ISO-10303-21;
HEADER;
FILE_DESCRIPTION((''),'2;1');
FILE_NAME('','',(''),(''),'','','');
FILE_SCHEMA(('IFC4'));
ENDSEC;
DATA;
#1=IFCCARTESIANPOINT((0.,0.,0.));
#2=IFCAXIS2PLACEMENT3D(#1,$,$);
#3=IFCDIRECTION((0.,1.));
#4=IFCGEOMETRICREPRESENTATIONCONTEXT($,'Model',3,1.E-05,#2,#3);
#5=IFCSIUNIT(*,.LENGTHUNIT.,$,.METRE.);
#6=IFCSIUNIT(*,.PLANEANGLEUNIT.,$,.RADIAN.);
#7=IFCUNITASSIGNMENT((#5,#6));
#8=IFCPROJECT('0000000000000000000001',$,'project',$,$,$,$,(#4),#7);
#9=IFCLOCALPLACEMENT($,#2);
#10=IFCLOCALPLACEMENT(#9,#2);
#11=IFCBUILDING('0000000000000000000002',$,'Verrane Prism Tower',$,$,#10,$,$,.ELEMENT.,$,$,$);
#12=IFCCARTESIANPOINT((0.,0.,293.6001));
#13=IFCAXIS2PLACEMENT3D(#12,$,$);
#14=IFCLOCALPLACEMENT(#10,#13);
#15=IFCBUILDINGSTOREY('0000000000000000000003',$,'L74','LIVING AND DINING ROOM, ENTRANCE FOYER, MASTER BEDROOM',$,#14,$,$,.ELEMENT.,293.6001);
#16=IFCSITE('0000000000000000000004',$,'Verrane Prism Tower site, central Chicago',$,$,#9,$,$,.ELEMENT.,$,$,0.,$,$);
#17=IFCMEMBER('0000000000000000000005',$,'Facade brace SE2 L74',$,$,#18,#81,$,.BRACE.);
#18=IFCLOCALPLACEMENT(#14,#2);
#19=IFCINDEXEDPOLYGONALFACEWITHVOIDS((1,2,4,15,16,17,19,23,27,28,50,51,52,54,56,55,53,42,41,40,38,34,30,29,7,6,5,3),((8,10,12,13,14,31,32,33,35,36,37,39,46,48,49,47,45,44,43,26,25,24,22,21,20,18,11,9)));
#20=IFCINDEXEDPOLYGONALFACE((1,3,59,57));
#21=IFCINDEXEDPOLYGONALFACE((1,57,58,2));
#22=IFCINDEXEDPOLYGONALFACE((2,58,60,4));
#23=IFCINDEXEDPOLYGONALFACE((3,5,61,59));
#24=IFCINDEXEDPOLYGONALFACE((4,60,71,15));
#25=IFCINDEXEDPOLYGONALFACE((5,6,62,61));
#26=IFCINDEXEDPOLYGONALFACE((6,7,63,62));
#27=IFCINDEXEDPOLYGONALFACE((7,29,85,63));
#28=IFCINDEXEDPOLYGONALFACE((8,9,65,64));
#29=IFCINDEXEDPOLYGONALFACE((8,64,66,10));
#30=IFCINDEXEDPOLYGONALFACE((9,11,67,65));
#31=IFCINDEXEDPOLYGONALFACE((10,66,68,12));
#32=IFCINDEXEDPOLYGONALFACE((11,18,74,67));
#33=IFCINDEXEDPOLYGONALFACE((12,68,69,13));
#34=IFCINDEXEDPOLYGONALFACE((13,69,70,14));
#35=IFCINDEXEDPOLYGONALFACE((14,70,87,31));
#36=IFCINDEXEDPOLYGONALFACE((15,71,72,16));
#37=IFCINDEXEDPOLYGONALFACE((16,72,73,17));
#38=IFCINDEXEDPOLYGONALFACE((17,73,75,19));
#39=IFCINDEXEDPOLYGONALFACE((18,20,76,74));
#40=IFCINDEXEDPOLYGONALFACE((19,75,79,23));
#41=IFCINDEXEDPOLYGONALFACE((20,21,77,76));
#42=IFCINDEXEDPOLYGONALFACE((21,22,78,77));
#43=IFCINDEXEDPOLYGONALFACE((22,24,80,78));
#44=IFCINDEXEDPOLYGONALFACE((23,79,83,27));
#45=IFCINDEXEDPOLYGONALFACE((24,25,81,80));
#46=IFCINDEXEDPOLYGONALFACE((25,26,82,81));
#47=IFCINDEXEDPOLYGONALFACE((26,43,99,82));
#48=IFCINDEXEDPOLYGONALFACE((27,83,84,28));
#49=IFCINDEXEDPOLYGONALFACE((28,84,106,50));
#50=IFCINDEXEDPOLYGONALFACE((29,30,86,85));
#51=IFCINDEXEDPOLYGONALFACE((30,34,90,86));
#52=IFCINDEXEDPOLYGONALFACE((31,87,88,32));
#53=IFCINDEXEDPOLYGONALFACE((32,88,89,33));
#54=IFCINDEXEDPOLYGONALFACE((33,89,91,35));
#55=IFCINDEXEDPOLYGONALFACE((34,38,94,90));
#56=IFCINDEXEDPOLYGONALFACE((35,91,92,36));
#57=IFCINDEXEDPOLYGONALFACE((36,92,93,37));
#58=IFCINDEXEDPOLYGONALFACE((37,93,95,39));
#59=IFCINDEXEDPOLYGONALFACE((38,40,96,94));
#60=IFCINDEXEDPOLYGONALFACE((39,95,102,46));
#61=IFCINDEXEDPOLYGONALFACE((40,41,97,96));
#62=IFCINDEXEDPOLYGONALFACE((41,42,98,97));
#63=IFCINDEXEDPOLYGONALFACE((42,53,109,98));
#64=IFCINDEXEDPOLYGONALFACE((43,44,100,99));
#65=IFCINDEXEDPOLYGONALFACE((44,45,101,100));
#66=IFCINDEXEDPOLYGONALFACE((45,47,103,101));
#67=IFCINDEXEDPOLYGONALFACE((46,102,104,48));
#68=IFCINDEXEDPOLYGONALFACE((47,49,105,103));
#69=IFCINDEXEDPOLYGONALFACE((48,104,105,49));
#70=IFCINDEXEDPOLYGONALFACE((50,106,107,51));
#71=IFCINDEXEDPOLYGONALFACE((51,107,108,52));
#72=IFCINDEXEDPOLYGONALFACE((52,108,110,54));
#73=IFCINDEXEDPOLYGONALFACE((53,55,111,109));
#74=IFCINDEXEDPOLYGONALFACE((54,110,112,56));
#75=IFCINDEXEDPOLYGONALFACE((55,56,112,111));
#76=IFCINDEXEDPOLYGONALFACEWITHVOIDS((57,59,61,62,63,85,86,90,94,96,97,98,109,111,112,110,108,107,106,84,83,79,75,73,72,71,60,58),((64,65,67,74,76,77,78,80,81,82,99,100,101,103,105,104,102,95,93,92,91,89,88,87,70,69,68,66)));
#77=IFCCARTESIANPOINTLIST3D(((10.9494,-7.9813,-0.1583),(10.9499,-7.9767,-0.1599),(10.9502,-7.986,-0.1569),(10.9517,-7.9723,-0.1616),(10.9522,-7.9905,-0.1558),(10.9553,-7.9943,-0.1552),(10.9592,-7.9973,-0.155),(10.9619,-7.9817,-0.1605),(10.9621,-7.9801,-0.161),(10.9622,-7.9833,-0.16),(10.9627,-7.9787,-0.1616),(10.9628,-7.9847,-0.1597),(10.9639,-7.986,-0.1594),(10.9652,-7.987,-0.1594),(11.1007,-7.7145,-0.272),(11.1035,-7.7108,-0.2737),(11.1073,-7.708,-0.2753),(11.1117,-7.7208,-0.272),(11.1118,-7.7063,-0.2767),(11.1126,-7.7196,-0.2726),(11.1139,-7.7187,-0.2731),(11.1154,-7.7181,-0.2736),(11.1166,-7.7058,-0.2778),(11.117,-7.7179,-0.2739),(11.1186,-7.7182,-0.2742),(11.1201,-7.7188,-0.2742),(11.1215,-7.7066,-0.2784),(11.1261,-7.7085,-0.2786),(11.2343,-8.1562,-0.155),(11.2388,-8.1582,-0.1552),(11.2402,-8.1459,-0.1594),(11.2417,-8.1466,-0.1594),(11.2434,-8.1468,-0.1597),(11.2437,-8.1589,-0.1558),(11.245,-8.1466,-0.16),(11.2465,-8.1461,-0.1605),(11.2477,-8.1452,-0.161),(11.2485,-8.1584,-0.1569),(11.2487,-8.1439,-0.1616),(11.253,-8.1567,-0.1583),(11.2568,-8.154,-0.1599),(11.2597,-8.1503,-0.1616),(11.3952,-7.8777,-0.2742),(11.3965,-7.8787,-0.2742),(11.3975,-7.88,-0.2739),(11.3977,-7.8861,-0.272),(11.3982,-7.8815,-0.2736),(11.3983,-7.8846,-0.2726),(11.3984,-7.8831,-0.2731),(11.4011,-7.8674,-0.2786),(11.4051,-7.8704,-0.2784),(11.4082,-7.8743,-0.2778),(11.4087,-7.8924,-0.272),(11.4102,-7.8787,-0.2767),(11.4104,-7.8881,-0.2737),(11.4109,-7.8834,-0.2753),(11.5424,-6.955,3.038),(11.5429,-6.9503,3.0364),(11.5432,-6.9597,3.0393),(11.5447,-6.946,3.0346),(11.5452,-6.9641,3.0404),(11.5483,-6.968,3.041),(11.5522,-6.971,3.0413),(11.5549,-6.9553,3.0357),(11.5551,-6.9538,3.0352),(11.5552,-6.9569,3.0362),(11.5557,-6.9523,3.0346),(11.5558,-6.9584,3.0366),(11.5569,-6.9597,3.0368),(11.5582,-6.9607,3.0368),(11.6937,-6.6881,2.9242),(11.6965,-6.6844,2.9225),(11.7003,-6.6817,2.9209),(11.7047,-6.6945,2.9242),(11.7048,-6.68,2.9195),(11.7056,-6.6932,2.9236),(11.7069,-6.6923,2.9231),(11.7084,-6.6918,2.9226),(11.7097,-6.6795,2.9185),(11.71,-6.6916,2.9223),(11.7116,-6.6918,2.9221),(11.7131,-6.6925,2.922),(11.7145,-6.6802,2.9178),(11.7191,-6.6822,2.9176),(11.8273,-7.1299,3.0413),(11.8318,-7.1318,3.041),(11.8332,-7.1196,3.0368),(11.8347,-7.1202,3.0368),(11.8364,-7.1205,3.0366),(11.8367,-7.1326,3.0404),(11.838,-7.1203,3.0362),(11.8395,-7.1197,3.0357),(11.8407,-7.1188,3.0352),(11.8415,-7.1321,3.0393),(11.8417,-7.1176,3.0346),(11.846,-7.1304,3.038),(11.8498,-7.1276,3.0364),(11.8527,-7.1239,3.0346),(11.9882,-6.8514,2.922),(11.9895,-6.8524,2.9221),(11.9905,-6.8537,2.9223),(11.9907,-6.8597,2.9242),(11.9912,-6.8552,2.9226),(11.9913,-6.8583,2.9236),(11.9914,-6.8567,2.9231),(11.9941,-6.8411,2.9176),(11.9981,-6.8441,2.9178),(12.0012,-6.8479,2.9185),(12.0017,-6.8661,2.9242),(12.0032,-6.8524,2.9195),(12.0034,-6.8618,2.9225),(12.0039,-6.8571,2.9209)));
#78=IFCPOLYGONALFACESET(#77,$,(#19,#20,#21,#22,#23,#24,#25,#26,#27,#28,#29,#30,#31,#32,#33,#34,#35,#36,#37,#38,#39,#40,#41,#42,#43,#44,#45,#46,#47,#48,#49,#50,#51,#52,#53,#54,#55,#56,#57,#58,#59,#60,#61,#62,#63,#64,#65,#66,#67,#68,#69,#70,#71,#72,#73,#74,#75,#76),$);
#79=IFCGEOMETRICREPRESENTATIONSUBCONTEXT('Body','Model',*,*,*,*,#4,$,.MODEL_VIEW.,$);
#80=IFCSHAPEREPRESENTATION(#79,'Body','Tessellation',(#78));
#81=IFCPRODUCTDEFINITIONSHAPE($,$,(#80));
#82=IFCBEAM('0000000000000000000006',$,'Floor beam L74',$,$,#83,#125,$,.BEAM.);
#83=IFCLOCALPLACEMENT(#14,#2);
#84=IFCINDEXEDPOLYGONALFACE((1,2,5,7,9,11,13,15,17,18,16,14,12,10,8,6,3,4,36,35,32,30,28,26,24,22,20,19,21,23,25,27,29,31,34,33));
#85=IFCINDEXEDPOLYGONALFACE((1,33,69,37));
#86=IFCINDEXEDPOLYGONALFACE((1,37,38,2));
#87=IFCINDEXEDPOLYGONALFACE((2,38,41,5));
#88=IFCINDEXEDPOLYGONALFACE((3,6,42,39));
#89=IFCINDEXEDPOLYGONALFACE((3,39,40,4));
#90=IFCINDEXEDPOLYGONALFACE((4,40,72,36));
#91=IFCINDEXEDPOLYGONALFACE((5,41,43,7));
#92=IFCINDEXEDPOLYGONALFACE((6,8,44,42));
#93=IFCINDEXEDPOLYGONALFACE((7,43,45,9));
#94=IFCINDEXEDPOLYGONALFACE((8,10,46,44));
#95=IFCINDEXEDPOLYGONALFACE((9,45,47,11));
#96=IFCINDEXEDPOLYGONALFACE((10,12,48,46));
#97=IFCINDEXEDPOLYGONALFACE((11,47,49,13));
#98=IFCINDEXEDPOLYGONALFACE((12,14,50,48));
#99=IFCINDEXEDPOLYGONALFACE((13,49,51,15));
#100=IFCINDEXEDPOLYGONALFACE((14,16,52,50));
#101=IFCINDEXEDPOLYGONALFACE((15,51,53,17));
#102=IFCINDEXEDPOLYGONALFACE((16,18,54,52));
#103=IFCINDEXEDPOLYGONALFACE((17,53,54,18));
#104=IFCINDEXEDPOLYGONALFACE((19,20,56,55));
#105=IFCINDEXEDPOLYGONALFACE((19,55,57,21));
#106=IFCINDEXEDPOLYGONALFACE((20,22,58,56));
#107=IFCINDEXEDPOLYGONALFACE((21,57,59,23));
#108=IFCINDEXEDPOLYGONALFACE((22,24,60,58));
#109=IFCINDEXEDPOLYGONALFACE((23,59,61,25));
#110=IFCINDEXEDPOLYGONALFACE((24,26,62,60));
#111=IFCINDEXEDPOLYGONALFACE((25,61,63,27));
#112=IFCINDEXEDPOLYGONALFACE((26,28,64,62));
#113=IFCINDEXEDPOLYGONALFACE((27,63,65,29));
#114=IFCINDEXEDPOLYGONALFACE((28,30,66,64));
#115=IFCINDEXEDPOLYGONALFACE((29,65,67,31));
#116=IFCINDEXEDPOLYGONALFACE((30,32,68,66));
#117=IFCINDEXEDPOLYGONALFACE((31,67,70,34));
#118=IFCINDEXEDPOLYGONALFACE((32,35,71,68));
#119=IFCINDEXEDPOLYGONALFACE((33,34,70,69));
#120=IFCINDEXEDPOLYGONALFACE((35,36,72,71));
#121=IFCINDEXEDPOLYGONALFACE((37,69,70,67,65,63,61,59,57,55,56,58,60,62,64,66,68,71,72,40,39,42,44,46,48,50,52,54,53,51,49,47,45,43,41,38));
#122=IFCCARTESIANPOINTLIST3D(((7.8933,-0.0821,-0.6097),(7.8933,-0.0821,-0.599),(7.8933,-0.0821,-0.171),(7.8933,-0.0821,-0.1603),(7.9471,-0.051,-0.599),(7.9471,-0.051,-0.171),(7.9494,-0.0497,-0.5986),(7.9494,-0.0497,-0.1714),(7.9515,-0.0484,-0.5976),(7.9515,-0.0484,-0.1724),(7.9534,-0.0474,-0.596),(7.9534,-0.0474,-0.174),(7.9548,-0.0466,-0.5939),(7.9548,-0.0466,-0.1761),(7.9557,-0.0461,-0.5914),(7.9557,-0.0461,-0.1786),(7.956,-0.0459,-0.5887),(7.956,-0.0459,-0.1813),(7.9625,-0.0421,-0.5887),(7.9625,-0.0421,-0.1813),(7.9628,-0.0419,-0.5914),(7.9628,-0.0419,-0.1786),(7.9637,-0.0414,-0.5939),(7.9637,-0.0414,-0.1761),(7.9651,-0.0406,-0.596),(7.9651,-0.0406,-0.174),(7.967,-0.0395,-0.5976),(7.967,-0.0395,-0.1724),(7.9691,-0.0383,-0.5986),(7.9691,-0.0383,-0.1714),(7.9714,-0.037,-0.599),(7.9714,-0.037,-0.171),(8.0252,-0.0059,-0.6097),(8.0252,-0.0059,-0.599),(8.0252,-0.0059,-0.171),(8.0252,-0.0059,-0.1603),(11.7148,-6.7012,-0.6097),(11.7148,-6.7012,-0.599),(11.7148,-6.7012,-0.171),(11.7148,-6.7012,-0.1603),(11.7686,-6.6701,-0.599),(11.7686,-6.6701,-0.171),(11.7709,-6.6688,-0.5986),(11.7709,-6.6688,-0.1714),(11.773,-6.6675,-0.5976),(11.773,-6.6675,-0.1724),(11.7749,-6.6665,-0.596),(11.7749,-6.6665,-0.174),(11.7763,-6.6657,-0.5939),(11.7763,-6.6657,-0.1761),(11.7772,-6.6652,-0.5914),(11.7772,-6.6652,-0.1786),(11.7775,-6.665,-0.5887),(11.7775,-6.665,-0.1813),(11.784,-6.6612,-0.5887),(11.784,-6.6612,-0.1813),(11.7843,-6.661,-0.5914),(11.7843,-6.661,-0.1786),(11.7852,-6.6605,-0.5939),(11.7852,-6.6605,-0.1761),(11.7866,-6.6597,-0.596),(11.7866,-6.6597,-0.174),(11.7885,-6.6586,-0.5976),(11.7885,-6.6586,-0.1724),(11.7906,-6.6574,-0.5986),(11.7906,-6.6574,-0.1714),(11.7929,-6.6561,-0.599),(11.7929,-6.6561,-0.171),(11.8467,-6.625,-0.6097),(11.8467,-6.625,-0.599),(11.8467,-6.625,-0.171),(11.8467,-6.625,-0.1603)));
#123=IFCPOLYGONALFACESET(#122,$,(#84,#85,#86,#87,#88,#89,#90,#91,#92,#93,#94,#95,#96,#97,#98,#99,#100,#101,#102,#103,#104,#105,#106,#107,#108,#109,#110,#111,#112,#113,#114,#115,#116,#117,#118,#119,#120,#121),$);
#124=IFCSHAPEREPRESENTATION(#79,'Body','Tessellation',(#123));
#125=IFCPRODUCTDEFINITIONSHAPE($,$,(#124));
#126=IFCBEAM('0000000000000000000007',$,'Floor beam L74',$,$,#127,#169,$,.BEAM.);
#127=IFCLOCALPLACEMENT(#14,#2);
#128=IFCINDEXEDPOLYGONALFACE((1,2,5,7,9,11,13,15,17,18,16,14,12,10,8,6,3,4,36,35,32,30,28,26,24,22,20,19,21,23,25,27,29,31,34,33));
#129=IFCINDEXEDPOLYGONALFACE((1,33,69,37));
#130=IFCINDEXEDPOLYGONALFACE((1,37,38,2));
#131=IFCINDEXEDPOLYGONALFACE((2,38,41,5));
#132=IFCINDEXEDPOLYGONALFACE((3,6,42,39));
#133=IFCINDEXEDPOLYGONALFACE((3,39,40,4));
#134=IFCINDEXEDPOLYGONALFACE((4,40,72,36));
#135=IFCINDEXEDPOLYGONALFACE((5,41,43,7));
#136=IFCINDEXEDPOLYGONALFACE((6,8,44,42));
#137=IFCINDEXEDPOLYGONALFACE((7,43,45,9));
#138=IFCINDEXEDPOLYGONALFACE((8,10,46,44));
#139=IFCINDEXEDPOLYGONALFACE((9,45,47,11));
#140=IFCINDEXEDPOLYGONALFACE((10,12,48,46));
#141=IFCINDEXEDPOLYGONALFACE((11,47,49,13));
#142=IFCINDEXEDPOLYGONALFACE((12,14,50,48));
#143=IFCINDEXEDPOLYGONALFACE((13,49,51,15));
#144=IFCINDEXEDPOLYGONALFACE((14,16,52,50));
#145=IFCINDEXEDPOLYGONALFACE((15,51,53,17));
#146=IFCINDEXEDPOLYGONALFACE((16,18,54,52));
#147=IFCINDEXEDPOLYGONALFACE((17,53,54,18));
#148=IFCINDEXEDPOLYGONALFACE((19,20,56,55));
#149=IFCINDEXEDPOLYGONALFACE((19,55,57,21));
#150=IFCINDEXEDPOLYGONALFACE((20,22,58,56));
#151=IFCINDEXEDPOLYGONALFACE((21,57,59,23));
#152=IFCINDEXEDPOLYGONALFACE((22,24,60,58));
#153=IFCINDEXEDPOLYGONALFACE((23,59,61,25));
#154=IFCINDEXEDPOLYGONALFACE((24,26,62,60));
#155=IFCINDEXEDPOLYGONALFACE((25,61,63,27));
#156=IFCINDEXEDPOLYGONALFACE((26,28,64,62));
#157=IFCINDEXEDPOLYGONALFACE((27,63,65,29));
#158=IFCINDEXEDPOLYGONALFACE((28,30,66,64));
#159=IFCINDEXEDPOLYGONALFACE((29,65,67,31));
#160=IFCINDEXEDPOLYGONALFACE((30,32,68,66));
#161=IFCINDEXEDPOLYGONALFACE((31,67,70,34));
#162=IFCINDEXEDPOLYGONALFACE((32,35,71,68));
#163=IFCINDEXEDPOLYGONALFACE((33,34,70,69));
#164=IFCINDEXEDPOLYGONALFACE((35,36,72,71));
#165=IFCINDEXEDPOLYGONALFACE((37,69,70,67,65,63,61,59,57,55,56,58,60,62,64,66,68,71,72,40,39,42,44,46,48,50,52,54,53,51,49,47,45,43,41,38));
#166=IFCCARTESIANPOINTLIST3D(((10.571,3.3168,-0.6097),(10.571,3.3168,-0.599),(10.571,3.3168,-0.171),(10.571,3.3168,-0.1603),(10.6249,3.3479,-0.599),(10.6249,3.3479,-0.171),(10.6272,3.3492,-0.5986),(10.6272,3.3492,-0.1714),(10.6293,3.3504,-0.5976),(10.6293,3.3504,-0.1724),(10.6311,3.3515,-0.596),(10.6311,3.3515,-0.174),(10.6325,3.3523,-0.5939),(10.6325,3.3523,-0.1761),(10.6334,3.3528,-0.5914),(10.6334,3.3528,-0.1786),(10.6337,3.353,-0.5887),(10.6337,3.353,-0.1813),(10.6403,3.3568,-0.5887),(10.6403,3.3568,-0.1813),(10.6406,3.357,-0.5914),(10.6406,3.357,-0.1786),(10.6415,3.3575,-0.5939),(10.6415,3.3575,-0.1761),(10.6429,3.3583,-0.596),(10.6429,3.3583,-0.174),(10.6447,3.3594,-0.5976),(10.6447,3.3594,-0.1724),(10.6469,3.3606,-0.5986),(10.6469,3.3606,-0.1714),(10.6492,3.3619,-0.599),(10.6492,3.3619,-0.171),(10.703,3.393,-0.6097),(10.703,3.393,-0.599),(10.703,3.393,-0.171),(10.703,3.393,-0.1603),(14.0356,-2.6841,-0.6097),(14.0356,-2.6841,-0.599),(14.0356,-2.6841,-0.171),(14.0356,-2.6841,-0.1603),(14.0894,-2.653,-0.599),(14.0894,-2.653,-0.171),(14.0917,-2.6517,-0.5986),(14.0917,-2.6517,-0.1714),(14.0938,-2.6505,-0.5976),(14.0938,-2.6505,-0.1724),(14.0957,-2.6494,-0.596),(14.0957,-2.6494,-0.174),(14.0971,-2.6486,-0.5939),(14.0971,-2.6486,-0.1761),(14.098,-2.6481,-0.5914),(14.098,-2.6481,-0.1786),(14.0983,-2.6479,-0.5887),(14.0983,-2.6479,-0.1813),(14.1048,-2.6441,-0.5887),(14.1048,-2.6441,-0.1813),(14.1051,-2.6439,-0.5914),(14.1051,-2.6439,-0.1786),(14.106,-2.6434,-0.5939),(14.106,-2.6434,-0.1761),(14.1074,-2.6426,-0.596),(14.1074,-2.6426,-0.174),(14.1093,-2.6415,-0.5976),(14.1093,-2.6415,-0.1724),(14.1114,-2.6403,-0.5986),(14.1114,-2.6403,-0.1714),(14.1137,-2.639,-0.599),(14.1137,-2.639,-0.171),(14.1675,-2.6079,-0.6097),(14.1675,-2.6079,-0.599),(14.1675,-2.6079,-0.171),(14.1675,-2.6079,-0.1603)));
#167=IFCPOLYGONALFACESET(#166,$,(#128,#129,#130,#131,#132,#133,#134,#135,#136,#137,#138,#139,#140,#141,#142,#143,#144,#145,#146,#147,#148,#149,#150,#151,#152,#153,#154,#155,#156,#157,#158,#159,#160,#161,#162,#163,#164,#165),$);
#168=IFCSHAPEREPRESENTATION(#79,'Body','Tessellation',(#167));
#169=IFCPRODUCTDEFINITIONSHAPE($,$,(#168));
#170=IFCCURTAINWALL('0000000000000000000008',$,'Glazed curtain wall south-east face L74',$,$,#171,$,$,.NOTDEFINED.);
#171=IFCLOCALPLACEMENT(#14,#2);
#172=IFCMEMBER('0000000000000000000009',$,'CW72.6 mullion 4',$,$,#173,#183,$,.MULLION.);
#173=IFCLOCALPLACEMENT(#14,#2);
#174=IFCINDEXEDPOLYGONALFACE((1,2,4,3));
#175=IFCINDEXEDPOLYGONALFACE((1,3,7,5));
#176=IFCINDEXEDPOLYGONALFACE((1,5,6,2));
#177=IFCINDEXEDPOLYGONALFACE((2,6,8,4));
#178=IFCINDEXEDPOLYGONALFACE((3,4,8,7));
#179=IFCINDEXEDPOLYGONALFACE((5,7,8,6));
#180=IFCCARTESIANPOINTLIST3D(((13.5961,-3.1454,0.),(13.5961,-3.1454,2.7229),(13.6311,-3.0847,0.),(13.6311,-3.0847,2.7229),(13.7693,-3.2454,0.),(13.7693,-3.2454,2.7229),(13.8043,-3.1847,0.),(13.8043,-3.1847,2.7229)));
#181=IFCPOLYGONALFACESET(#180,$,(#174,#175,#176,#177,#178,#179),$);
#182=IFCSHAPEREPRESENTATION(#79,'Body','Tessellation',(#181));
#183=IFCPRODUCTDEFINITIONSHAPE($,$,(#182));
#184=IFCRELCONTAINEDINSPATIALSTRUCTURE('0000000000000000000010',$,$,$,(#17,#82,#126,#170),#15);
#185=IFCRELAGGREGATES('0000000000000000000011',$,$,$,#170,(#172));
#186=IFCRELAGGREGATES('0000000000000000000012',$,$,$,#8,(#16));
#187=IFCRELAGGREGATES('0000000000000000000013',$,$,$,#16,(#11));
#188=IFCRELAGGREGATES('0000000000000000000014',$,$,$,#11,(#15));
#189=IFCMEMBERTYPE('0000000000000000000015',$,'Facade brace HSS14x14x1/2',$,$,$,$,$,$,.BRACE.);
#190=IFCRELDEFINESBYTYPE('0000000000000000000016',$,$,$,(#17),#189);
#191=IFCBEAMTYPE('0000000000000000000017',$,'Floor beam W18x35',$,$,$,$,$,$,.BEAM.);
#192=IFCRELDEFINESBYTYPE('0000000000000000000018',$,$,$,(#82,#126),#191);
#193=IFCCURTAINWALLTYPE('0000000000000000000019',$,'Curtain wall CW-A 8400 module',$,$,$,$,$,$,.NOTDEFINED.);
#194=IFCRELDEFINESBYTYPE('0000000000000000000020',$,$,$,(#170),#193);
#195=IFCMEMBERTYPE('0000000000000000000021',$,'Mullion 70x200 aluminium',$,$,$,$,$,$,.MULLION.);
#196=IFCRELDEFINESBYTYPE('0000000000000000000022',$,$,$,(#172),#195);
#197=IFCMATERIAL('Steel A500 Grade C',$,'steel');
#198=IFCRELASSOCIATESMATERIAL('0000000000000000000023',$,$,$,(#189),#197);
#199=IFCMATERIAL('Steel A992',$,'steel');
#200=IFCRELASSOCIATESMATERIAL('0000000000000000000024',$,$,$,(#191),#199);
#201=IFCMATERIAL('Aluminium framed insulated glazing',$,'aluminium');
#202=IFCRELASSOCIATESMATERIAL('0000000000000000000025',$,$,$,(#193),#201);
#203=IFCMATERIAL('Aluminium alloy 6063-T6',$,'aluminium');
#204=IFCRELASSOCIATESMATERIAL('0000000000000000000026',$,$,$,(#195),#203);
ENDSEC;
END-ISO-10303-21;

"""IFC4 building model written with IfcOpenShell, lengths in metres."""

from ifc_helpers import new_model, si_unit, direction, frame, origin, origin_2d, place, context, subcontext, project, spatial, rectangle, hollow_rectangle, i_section, extrude, material, material_profile, profile_set, type_object, element, aggregate, save


model = new_model("IFC4")

# Units and contexts
model_context = context("Model", 3, precision=1e-05, world=origin(), true_north=direction((0.0, 1.0)))
body_context = subcontext(model_context, "Body", "Model", "MODEL_VIEW")
ifc_project = project(units=[si_unit("LENGTHUNIT", "METRE"), si_unit("PLANEANGLEUNIT", "RADIAN")], contexts=[model_context])

# Site, building, storey
site_placement = place(None, origin())
site = spatial("IfcSite", under=ifc_project, at=site_placement, Name="Verrane Prism Tower site, central Chicago", CompositionType="ELEMENT", RefElevation=0.0)
building_placement = place(site_placement, origin())
building = spatial("IfcBuilding", under=site, at=building_placement, Name="Verrane Prism Tower", CompositionType="ELEMENT")
storey_placement = place(building_placement, frame((0.0, 0.0, 293.6001)))
storey = spatial("IfcBuildingStorey", under=building, at=storey_placement, Name="L74", Description="LIVING AND DINING ROOM, ENTRANCE FOYER, MASTER BEDROOM", CompositionType="ELEMENT", Elevation=293.6001)

# Member
ifc_material_1 = material(Name="Steel A500 Grade C", Category="steel")
ifc_material_profile_1 = material_profile(ifc_material_1, hollow_rectangle(XDim=0.3557, YDim=0.3557, WallThickness=0.0127, InnerFilletRadius=0.0063, OuterFilletRadius=0.019, at=origin_2d()), Name="HSS14x14x1/2")
ifc_profile_set_1 = profile_set([ifc_material_profile_1], Name="Steel A500 Grade C")
member_type_1 = type_object("IfcMemberType", Name="Facade brace HSS14x14x1/2", PredefinedType="BRACE", material=ifc_profile_set_1)
member_1_placement = place(storey_placement, frame((11.1802, -7.9324, -0.2168), z_axis=(0.173956, 0.301075, 0.9376), x_axis=(-0.865863, 0.500281, 0.0)))
element("IfcMember", 1, at=member_1_placement, inside=storey, type_object=member_type_1, Name="Facade brace SE2 L74", PredefinedType="BRACE", context=body_context, shape_type="SweptSolid", body=[
    extrude(hollow_rectangle(XDim=0.3557, YDim=0.3557, WallThickness=0.0127, InnerFilletRadius=0.0063, OuterFilletRadius=0.019, at=origin_2d()), origin(), (0.0, 0.0, 1.0), 3.4089),
])

# Beams
ifc_material_2 = material(Name="Steel A992", Category="steel")
ifc_material_profile_2 = material_profile(ifc_material_2, i_section(OverallWidth=0.1523, OverallDepth=0.4495, WebThickness=0.0076, FlangeThickness=0.0107, FilletRadius=0.0103, at=origin_2d()), Name="W18x35")
ifc_profile_set_2 = profile_set([ifc_material_profile_2], Name="Steel A992")
beam_type_1 = type_object("IfcBeamType", Name="Floor beam W18x35", PredefinedType="BEAM", material=ifc_profile_set_2)
beam_1_placement = place(storey_placement, frame((11.7808, -6.6631, -0.385), z_axis=(-0.499997, 0.866027, 0.0), x_axis=(-0.866027, -0.499997, 0.0)))
element("IfcBeam", 2, at=beam_1_placement, inside=storey, type_object=beam_type_1, Name="Floor beam L74", PredefinedType="BEAM", context=body_context, shape_type="SweptSolid", body=[
    extrude(i_section(OverallWidth=0.1523, OverallDepth=0.4495, WebThickness=0.0076, FlangeThickness=0.0107, FilletRadius=0.0103, at=origin_2d()), origin(), (0.0, 0.0, 1.0), 7.6431),
])
beam_2_placement = place(storey_placement, frame((14.1016, -2.646, -0.385), z_axis=(-0.499993, 0.86603, 0.0), x_axis=(-0.86603, -0.499993, 0.0)))
element("IfcBeam", 3, at=beam_2_placement, inside=storey, type_object=beam_type_1, Name="Floor beam L74", PredefinedType="BEAM", context=body_context, shape_type="SweptSolid", body=[
    extrude(i_section(OverallWidth=0.1523, OverallDepth=0.4495, WebThickness=0.0076, FlangeThickness=0.0107, FilletRadius=0.0103, at=origin_2d()), origin(), (0.0, 0.0, 1.0), 6.9292),
])

# Curtain wall, member
ifc_material_3 = material(Name="Aluminium framed insulated glazing", Category="aluminium")
curtain_wall_type = type_object("IfcCurtainWallType", Name="Curtain wall CW-A 8400 module", PredefinedType="NOTDEFINED", material=ifc_material_3)
curtain_wall_placement = place(storey_placement, origin())
curtain_wall = element("IfcCurtainWall", 4, at=curtain_wall_placement, inside=storey, type_object=curtain_wall_type, Name="Glazed curtain wall south-east face L74", PredefinedType="NOTDEFINED")
ifc_material_4 = material(Name="Aluminium alloy 6063-T6", Category="aluminium")
ifc_material_profile_3 = material_profile(ifc_material_4, rectangle(XDim=0.2, YDim=0.0701, at=origin_2d()), Name="Mullion 70x200 aluminium")
ifc_profile_set_3 = profile_set([ifc_material_profile_3], Name="Aluminium alloy 6063-T6")
member_type_2 = type_object("IfcMemberType", Name="Mullion 70x200 aluminium", PredefinedType="MULLION", material=ifc_profile_set_3)
member_2_placement = place(storey_placement, frame((13.7002, -3.165, 0.0), z_axis=(0.0, 0.0, 1.0), x_axis=(-0.866025, 0.500001, 0.0)))
member_2 = element("IfcMember", 5, at=member_2_placement, type_object=member_type_2, Name="CW72.6 mullion 4", PredefinedType="MULLION", context=body_context, shape_type="SweptSolid", body=[
    extrude(rectangle(XDim=0.2, YDim=0.0701, at=origin_2d()), origin(), (0.0, 0.0, 1.0), 2.7229),
])

aggregate(curtain_wall, [member_2])

save(model, "model.ifc")
